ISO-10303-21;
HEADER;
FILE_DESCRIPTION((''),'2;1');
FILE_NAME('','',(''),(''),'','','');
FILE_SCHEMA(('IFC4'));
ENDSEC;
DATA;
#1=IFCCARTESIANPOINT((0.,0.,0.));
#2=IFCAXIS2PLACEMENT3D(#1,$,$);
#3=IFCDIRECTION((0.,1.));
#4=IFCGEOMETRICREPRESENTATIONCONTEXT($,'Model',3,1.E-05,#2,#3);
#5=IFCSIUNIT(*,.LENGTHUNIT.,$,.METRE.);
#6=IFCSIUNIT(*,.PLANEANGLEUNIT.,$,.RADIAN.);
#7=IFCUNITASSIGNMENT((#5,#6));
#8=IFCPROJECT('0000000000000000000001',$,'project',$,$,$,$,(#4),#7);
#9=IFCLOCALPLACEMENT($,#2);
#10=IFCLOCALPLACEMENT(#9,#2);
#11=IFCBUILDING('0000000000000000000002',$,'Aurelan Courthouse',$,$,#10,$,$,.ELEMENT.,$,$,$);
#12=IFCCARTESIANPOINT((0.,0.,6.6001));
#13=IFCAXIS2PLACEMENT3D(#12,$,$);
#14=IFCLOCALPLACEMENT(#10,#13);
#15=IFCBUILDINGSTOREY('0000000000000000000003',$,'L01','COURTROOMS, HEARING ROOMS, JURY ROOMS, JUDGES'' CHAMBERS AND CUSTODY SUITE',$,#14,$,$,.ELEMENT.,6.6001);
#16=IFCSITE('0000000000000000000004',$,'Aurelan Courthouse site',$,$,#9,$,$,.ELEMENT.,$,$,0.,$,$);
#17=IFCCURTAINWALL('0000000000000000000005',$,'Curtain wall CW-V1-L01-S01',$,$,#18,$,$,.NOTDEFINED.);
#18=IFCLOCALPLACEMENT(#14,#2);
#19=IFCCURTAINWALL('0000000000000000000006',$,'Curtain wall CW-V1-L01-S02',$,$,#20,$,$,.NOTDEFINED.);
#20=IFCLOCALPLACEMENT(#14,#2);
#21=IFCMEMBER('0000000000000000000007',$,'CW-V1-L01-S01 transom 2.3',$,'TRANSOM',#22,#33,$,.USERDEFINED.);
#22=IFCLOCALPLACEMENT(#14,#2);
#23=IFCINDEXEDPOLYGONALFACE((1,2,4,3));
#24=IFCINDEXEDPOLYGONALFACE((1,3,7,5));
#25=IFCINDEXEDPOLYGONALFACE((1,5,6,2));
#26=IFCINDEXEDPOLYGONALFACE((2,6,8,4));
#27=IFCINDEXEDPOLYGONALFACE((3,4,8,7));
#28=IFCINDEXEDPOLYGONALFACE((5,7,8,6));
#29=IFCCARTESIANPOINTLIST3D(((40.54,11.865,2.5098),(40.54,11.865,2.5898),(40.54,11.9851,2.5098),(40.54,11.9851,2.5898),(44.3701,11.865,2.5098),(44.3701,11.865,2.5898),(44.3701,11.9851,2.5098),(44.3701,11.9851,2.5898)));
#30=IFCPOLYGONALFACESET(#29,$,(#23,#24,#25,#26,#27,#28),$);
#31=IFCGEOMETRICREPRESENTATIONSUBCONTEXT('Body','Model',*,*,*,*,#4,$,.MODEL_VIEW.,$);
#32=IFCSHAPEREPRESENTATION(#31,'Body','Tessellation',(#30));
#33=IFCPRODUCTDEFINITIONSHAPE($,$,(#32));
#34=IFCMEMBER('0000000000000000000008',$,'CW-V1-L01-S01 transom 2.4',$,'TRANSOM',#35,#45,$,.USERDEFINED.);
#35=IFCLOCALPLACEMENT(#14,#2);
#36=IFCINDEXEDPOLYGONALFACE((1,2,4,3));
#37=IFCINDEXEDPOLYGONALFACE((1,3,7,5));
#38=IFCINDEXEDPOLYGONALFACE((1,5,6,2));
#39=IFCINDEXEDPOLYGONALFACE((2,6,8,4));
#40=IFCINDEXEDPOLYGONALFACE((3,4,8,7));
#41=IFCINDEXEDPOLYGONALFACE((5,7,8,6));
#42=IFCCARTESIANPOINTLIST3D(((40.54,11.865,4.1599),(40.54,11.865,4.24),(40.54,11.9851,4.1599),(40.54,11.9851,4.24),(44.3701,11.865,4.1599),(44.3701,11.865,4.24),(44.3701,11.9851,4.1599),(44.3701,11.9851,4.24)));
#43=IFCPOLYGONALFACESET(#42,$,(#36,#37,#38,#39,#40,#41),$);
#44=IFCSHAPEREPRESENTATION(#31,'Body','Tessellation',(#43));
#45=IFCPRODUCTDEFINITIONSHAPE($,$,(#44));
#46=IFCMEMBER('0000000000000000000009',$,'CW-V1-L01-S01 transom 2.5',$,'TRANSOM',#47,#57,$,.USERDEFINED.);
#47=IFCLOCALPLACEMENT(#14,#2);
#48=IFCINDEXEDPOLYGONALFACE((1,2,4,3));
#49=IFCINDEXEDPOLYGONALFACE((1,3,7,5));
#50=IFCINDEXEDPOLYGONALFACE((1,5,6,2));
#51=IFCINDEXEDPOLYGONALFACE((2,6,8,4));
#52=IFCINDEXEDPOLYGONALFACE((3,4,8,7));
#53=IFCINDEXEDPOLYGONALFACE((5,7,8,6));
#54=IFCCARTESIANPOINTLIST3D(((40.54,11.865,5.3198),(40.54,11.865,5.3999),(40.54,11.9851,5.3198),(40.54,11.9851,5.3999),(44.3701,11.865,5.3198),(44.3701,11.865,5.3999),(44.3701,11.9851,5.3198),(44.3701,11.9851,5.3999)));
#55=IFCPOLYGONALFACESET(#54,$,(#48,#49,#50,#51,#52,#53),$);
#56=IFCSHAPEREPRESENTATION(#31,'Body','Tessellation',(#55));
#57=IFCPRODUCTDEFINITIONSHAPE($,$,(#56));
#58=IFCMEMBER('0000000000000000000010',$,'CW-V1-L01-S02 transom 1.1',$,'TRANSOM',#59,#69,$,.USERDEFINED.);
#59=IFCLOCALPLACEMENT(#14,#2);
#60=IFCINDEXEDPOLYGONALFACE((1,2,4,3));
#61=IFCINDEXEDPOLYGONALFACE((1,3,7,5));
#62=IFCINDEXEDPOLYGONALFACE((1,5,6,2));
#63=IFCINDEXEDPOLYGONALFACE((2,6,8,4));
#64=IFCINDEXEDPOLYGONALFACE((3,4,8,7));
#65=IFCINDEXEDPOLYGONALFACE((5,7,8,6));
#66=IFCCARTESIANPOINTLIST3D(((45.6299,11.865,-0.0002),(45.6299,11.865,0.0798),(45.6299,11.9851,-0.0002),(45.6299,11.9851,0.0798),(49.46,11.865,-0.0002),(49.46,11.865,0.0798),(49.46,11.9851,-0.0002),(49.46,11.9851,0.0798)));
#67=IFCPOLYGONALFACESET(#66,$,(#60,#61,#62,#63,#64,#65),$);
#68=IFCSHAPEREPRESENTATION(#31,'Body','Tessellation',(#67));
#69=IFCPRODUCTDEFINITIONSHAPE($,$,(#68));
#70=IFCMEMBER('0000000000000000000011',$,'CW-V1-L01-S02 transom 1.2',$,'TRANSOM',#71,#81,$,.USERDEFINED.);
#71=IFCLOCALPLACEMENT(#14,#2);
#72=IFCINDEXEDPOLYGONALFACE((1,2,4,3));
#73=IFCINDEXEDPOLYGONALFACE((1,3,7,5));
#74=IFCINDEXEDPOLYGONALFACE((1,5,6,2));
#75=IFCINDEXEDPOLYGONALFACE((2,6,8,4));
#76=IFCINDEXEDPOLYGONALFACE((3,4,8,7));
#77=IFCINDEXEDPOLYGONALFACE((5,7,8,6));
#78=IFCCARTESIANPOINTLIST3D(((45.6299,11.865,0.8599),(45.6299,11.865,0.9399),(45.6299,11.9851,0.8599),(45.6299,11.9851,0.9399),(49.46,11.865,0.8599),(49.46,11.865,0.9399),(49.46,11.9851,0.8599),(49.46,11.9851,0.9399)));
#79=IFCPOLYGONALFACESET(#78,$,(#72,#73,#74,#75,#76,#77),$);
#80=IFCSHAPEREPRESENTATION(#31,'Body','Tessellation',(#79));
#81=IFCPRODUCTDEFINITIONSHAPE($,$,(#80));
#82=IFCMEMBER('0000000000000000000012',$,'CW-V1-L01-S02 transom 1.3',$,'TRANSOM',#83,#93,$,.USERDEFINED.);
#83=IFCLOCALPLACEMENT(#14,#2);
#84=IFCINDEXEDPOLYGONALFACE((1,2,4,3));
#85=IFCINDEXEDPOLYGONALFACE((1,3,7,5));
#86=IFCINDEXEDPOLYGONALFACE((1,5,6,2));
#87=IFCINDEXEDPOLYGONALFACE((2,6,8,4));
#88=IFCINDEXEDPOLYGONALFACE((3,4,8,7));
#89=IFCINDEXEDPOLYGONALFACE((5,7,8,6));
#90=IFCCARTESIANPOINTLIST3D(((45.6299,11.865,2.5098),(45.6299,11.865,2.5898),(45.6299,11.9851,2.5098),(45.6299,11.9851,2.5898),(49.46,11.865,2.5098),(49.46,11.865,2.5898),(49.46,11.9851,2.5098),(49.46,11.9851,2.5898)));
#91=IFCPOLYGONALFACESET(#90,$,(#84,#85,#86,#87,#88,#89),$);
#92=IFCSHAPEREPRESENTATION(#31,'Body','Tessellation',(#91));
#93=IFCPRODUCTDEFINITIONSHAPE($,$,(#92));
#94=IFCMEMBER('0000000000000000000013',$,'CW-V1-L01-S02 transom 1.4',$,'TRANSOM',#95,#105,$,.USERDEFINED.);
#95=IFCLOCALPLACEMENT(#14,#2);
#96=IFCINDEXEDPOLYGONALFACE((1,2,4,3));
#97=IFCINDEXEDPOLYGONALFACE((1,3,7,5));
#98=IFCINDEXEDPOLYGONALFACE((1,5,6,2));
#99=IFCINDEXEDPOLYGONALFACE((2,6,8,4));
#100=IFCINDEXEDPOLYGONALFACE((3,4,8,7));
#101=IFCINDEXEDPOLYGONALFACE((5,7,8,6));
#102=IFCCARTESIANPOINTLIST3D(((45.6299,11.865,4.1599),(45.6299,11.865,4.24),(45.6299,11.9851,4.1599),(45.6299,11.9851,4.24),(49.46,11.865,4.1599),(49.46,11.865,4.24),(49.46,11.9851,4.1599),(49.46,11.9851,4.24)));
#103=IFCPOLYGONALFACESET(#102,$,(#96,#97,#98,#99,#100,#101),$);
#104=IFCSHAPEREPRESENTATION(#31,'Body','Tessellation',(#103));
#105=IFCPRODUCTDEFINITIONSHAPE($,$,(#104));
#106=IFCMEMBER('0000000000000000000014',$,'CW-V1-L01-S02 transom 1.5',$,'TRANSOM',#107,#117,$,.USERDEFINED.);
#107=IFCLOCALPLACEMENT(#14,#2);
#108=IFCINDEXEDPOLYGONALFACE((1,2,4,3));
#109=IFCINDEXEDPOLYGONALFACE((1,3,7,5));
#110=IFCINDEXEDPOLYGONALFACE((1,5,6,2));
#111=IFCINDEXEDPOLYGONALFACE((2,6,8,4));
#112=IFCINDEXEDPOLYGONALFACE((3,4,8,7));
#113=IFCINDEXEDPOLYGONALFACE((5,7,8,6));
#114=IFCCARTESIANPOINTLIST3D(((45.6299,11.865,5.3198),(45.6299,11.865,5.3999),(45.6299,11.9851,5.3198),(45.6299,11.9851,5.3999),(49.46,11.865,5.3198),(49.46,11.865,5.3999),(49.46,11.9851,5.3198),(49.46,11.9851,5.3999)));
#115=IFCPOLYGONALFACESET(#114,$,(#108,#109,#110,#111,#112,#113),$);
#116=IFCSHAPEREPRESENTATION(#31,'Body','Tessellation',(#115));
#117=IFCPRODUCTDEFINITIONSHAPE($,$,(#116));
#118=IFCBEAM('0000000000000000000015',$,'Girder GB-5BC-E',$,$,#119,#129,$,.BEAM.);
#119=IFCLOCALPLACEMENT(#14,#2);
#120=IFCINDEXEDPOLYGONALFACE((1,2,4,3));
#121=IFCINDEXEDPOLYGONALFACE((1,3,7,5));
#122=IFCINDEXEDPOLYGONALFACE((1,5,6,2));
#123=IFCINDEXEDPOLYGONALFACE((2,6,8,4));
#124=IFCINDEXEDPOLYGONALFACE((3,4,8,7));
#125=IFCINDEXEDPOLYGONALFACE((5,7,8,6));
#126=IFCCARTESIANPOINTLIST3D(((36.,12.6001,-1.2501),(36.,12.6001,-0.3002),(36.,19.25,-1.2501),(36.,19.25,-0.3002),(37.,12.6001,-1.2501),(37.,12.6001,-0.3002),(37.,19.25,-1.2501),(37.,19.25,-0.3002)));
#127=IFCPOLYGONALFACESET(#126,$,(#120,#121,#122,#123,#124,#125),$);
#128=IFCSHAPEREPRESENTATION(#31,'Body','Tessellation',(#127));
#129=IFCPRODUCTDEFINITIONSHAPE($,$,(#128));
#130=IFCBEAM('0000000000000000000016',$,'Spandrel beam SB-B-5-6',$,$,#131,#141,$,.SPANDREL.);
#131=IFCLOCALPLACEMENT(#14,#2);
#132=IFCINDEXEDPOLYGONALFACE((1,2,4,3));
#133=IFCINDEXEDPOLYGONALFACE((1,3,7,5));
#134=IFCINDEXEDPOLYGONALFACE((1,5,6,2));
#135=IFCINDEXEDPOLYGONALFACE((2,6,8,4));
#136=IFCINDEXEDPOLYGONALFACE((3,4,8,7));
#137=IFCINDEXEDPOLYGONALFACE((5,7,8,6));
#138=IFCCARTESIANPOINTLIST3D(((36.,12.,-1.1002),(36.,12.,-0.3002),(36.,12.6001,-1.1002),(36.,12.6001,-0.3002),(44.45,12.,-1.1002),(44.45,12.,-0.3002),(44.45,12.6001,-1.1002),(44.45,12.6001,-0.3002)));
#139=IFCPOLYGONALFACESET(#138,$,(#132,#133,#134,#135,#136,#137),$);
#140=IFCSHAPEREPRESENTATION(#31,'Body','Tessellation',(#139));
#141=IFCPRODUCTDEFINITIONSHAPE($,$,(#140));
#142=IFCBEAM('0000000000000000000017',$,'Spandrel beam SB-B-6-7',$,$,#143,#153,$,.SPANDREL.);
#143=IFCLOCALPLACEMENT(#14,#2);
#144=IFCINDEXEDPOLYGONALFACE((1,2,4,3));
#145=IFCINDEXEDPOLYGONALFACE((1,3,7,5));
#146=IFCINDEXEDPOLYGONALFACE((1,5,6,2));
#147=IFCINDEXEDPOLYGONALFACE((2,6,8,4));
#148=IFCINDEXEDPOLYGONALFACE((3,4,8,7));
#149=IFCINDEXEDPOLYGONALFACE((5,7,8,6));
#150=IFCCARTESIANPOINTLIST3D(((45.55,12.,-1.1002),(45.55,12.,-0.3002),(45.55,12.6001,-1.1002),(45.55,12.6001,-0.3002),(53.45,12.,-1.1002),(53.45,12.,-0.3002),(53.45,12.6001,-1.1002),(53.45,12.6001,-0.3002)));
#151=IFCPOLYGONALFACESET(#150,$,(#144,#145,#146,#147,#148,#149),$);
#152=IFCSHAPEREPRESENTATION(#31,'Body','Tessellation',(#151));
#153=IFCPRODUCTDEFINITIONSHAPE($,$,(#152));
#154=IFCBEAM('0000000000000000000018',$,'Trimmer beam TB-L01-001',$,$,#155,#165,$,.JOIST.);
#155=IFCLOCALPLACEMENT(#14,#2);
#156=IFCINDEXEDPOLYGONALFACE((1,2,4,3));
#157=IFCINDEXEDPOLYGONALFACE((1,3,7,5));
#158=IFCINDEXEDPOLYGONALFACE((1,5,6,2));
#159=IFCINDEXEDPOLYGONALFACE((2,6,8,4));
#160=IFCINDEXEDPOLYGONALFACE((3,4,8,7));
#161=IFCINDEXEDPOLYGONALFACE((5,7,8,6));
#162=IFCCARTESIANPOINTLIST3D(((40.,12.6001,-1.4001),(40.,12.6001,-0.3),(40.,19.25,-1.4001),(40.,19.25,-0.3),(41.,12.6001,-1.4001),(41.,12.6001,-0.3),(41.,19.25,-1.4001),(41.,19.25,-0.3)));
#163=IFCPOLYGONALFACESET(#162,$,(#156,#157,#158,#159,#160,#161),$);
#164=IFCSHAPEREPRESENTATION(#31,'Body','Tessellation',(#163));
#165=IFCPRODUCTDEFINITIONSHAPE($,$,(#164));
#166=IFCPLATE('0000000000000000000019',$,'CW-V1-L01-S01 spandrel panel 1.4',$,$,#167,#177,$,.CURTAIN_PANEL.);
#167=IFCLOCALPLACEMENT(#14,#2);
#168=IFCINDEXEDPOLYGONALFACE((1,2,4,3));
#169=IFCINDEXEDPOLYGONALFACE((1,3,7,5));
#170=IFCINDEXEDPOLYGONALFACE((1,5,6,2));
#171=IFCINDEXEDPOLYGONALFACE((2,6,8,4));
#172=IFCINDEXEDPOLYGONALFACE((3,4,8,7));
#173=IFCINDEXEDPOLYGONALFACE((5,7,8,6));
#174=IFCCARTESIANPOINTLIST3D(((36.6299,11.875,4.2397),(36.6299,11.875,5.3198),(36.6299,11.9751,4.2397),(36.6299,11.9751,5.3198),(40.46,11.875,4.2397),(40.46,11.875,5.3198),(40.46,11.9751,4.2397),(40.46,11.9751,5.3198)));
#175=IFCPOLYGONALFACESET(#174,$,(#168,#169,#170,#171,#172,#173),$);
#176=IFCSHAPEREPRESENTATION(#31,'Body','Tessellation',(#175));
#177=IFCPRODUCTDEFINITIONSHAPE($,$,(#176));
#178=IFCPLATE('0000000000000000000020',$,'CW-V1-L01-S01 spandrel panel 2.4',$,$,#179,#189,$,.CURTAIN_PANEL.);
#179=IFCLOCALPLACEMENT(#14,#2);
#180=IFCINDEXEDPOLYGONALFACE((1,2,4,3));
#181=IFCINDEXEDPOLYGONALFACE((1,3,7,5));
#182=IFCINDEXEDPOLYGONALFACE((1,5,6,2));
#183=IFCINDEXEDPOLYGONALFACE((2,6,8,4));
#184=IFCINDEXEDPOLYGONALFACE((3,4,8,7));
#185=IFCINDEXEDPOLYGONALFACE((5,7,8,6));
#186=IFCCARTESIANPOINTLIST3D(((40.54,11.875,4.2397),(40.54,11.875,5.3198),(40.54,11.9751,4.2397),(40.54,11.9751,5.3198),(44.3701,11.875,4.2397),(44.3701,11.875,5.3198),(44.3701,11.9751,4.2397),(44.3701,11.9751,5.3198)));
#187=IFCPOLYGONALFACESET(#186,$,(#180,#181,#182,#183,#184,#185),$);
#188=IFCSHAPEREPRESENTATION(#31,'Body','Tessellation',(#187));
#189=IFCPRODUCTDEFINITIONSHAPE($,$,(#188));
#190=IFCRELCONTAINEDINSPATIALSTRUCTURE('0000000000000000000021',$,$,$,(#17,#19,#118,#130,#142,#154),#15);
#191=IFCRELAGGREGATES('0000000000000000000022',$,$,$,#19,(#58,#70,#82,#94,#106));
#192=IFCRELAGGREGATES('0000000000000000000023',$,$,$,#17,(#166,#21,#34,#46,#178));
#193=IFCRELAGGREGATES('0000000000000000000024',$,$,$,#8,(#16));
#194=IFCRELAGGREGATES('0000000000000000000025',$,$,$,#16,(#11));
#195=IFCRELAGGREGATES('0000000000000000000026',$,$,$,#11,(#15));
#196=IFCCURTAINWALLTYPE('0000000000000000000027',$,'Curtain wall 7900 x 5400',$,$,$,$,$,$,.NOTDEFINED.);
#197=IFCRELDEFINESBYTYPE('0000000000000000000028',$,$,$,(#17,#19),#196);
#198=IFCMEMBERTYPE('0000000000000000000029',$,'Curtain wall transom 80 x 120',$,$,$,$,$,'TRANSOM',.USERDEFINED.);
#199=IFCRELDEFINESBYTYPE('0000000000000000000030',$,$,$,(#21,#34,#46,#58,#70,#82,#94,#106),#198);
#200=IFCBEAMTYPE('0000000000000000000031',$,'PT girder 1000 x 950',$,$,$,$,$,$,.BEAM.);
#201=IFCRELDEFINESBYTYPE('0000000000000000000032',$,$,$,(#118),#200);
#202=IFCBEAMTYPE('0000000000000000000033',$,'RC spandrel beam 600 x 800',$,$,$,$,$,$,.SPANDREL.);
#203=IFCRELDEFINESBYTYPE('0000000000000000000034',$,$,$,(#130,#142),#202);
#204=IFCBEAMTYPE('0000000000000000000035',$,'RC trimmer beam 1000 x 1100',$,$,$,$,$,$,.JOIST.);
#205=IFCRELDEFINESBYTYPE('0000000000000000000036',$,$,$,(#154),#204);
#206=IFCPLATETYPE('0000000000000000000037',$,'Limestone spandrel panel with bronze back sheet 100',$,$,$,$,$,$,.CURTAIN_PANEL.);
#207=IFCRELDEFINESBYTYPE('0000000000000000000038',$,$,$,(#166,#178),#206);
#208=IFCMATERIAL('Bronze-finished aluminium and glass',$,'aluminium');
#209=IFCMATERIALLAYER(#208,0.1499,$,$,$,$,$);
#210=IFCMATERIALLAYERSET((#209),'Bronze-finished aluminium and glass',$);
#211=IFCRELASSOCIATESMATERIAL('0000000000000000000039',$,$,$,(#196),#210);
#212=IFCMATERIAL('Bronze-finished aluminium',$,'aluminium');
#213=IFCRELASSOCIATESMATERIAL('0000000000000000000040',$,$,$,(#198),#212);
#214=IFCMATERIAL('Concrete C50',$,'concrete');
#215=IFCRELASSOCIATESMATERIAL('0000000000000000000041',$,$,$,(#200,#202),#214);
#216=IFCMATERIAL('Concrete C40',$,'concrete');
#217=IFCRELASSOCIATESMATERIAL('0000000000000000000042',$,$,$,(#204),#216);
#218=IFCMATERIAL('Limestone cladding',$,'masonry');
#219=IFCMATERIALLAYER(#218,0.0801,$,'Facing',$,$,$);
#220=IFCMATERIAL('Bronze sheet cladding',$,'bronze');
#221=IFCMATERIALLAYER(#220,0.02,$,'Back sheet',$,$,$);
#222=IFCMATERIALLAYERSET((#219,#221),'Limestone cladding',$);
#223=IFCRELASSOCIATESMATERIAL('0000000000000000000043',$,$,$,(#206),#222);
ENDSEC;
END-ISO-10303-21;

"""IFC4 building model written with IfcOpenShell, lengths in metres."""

from ifc_helpers import new_model, si_unit, direction, frame, origin, origin_2d, place, context, subcontext, project, spatial, rectangle, extrude, material, layer, layer_set, material_profile, profile_set, type_object, element, aggregate, save


model = new_model("IFC4")

# Units and contexts
model_context = context("Model", 3, precision=1e-05, world=origin(), true_north=direction((0.0, 1.0)))
body_context = subcontext(model_context, "Body", "Model", "MODEL_VIEW")
ifc_project = project(units=[si_unit("LENGTHUNIT", "METRE"), si_unit("PLANEANGLEUNIT", "RADIAN")], contexts=[model_context])

# Site, building, storey
site_placement = place(None, origin())
site = spatial("IfcSite", under=ifc_project, at=site_placement, Name="Aurelan Courthouse site", CompositionType="ELEMENT", RefElevation=0.0)
building_placement = place(site_placement, origin())
building = spatial("IfcBuilding", under=site, at=building_placement, Name="Aurelan Courthouse", CompositionType="ELEMENT")
storey_placement = place(building_placement, frame((0.0, 0.0, 6.6001)))
storey = spatial("IfcBuildingStorey", under=building, at=storey_placement, Name="L01", Description="COURTROOMS, HEARING ROOMS, JURY ROOMS, JUDGES' CHAMBERS AND CUSTODY SUITE", CompositionType="ELEMENT", Elevation=6.6001)

# Shared definitions
ifc_material_1 = material(Name="Concrete C50", Category="concrete")

# Curtain wall
ifc_material_2 = material(Name="Bronze-finished aluminium and glass", Category="aluminium")
ifc_layer_1 = layer(ifc_material_2, 0.1499)
ifc_layer_set_1 = layer_set([ifc_layer_1], Name="Bronze-finished aluminium and glass")
curtain_wall_type = type_object("IfcCurtainWallType", Name="Curtain wall 7900 x 5400", PredefinedType="NOTDEFINED", material=ifc_layer_set_1)
curtain_wall_1_placement = place(storey_placement, origin())
curtain_wall_1 = element("IfcCurtainWall", 1, at=curtain_wall_1_placement, inside=storey, type_object=curtain_wall_type, Name="Curtain wall CW-V1-L01-S01", PredefinedType="NOTDEFINED")
ifc_material_3 = material(Name="Bronze-finished aluminium", Category="aluminium")

# Curtain wall
curtain_wall_2_placement = place(storey_placement, origin())
curtain_wall_2 = element("IfcCurtainWall", 2, at=curtain_wall_2_placement, inside=storey, type_object=curtain_wall_type, Name="Curtain wall CW-V1-L01-S02", PredefinedType="NOTDEFINED")

# Members
ifc_material_profile_1 = material_profile(ifc_material_3, rectangle(XDim=0.1201, YDim=0.0801, at=origin_2d()), Name="Bronze transom 80 x 120")
ifc_profile_set_1 = profile_set([ifc_material_profile_1], Name="Bronze-finished aluminium")
member_type_1 = type_object("IfcMemberType", Name="Curtain wall transom 80 x 120", ElementType="TRANSOM", PredefinedType="USERDEFINED", material=ifc_profile_set_1)
member_1_placement = place(storey_placement, frame((40.54, 11.925, 2.5498), z_axis=(1.0, 0.0, 0.0), x_axis=(0.0, 1.0, 0.0)))
member_1 = element("IfcMember", 3, at=member_1_placement, type_object=member_type_1, Name="CW-V1-L01-S01 transom 2.3", ObjectType="TRANSOM", PredefinedType="USERDEFINED", context=body_context, shape_type="SweptSolid", body=[
    extrude(rectangle(XDim=0.1201, YDim=0.0801, at=origin_2d()), origin(), (0.0, 0.0, 1.0), 3.8301),
])
member_2_placement = place(storey_placement, frame((40.54, 11.925, 4.2), z_axis=(1.0, 0.0, 0.0), x_axis=(0.0, 1.0, 0.0)))
member_2 = element("IfcMember", 4, at=member_2_placement, type_object=member_type_1, Name="CW-V1-L01-S01 transom 2.4", ObjectType="TRANSOM", PredefinedType="USERDEFINED", context=body_context, shape_type="SweptSolid", body=[
    extrude(rectangle(XDim=0.1201, YDim=0.0801, at=origin_2d()), origin(), (0.0, 0.0, 1.0), 3.8301),
])
member_3_placement = place(storey_placement, frame((40.54, 11.925, 5.3599), z_axis=(1.0, 0.0, 0.0), x_axis=(0.0, 1.0, 0.0)))
member_3 = element("IfcMember", 5, at=member_3_placement, type_object=member_type_1, Name="CW-V1-L01-S01 transom 2.5", ObjectType="TRANSOM", PredefinedType="USERDEFINED", context=body_context, shape_type="SweptSolid", body=[
    extrude(rectangle(XDim=0.1201, YDim=0.0801, at=origin_2d()), origin(), (0.0, 0.0, 1.0), 3.8301),
])
member_4_placement = place(storey_placement, frame((45.6299, 11.925, 0.0398), z_axis=(1.0, 0.0, 0.0), x_axis=(0.0, 1.0, 0.0)))
member_4 = element("IfcMember", 6, at=member_4_placement, type_object=member_type_1, Name="CW-V1-L01-S02 transom 1.1", ObjectType="TRANSOM", PredefinedType="USERDEFINED", context=body_context, shape_type="SweptSolid", body=[
    extrude(rectangle(XDim=0.1201, YDim=0.0801, at=origin_2d()), origin(), (0.0, 0.0, 1.0), 3.8301),
])
member_5_placement = place(storey_placement, frame((45.6299, 11.925, 0.8999), z_axis=(1.0, 0.0, 0.0), x_axis=(0.0, 1.0, 0.0)))
member_5 = element("IfcMember", 7, at=member_5_placement, type_object=member_type_1, Name="CW-V1-L01-S02 transom 1.2", ObjectType="TRANSOM", PredefinedType="USERDEFINED", context=body_context, shape_type="SweptSolid", body=[
    extrude(rectangle(XDim=0.1201, YDim=0.0801, at=origin_2d()), origin(), (0.0, 0.0, 1.0), 3.8301),
])
member_6_placement = place(storey_placement, frame((45.6299, 11.925, 2.5498), z_axis=(1.0, 0.0, 0.0), x_axis=(0.0, 1.0, 0.0)))
member_6 = element("IfcMember", 8, at=member_6_placement, type_object=member_type_1, Name="CW-V1-L01-S02 transom 1.3", ObjectType="TRANSOM", PredefinedType="USERDEFINED", context=body_context, shape_type="SweptSolid", body=[
    extrude(rectangle(XDim=0.1201, YDim=0.0801, at=origin_2d()), origin(), (0.0, 0.0, 1.0), 3.8301),
])
member_7_placement = place(storey_placement, frame((45.6299, 11.925, 4.2), z_axis=(1.0, 0.0, 0.0), x_axis=(0.0, 1.0, 0.0)))
member_7 = element("IfcMember", 9, at=member_7_placement, type_object=member_type_1, Name="CW-V1-L01-S02 transom 1.4", ObjectType="TRANSOM", PredefinedType="USERDEFINED", context=body_context, shape_type="SweptSolid", body=[
    extrude(rectangle(XDim=0.1201, YDim=0.0801, at=origin_2d()), origin(), (0.0, 0.0, 1.0), 3.8301),
])
member_8_placement = place(storey_placement, frame((45.6299, 11.925, 5.3599), z_axis=(1.0, 0.0, 0.0), x_axis=(0.0, 1.0, 0.0)))
member_8 = element("IfcMember", 10, at=member_8_placement, type_object=member_type_1, Name="CW-V1-L01-S02 transom 1.5", ObjectType="TRANSOM", PredefinedType="USERDEFINED", context=body_context, shape_type="SweptSolid", body=[
    extrude(rectangle(XDim=0.1201, YDim=0.0801, at=origin_2d()), origin(), (0.0, 0.0, 1.0), 3.8301),
])
aggregate(curtain_wall_2, [member_4, member_5, member_6, member_7, member_8])

# Beams
ifc_material_profile_2 = material_profile(ifc_material_1, rectangle(XDim=1.0, YDim=0.95, at=origin_2d()), Name="RC 1000 x 950")
ifc_profile_set_2 = profile_set([ifc_material_profile_2], Name="Concrete C50")
beam_type_1 = type_object("IfcBeamType", Name="PT girder 1000 x 950", PredefinedType="BEAM", material=ifc_profile_set_2)
beam_1_placement = place(storey_placement, frame((36.5, 12.6001, -0.7751), z_axis=(0.0, 1.0, 0.0), x_axis=(-1.0, 0.0, 0.0)))
element("IfcBeam", 11, at=beam_1_placement, inside=storey, type_object=beam_type_1, Name="Girder GB-5BC-E", PredefinedType="BEAM", context=body_context, shape_type="SweptSolid", body=[
    extrude(rectangle(XDim=1.0, YDim=0.95, at=origin_2d()), origin(), (0.0, 0.0, 1.0), 6.6499),
])
ifc_material_profile_3 = material_profile(ifc_material_1, rectangle(XDim=0.6001, YDim=0.8, at=origin_2d()), Name="RC 600 x 800")
ifc_profile_set_3 = profile_set([ifc_material_profile_3], Name="Concrete C50")
beam_type_2 = type_object("IfcBeamType", Name="RC spandrel beam 600 x 800", PredefinedType="SPANDREL", material=ifc_profile_set_3)
beam_2_placement = place(storey_placement, frame((36.0, 12.3, -0.7002), z_axis=(1.0, 0.0, 0.0), x_axis=(0.0, 1.0, 0.0)))
element("IfcBeam", 12, at=beam_2_placement, inside=storey, type_object=beam_type_2, Name="Spandrel beam SB-B-5-6", PredefinedType="SPANDREL", context=body_context, shape_type="SweptSolid", body=[
    extrude(rectangle(XDim=0.6001, YDim=0.8, at=origin_2d()), origin(), (0.0, 0.0, 1.0), 8.45),
])
beam_3_placement = place(storey_placement, frame((45.55, 12.3, -0.7002), z_axis=(1.0, 0.0, 0.0), x_axis=(0.0, 1.0, 0.0)))
element("IfcBeam", 13, at=beam_3_placement, inside=storey, type_object=beam_type_2, Name="Spandrel beam SB-B-6-7", PredefinedType="SPANDREL", context=body_context, shape_type="SweptSolid", body=[
    extrude(rectangle(XDim=0.6001, YDim=0.8, at=origin_2d()), origin(), (0.0, 0.0, 1.0), 7.8999),
])
ifc_material_4 = material(Name="Concrete C40", Category="concrete")
ifc_material_profile_4 = material_profile(ifc_material_4, rectangle(XDim=1.0, YDim=1.1001, at=origin_2d()), Name="RC 1000 x 1100")
ifc_profile_set_4 = profile_set([ifc_material_profile_4], Name="Concrete C40")
beam_type_3 = type_object("IfcBeamType", Name="RC trimmer beam 1000 x 1100", PredefinedType="JOIST", material=ifc_profile_set_4)
beam_4_placement = place(storey_placement, frame((40.5, 12.6001, -0.8501), z_axis=(0.0, 1.0, 0.0), x_axis=(-1.0, 0.0, 0.0)))
element("IfcBeam", 14, at=beam_4_placement, inside=storey, type_object=beam_type_3, Name="Trimmer beam TB-L01-001", PredefinedType="JOIST", context=body_context, shape_type="SweptSolid", body=[
    extrude(rectangle(XDim=1.0, YDim=1.1001, at=origin_2d()), origin(), (0.0, 0.0, 1.0), 6.6499),
])

# Plates
ifc_material_5 = material(Name="Limestone cladding", Category="masonry")
ifc_layer_2 = layer(ifc_material_5, 0.0801, Name="Facing")
ifc_material_6 = material(Name="Bronze sheet cladding", Category="bronze")
ifc_layer_3 = layer(ifc_material_6, 0.02, Name="Back sheet")
ifc_layer_set_2 = layer_set([ifc_layer_2, ifc_layer_3], Name="Limestone cladding")
plate_type_1 = type_object("IfcPlateType", Name="Limestone spandrel panel with bronze back sheet 100", PredefinedType="CURTAIN_PANEL", material=ifc_layer_set_2)
plate_1_placement = place(storey_placement, frame((38.5449, 11.925, 4.2397), z_axis=(0.0, 0.0, 1.0), x_axis=(1.0, 0.0, 0.0)))
plate_1 = element("IfcPlate", 15, at=plate_1_placement, type_object=plate_type_1, Name="CW-V1-L01-S01 spandrel panel 1.4", PredefinedType="CURTAIN_PANEL", context=body_context, shape_type="SweptSolid", body=[
    extrude(rectangle(XDim=3.8301, YDim=0.1001, at=origin_2d()), origin(), (0.0, 0.0, 1.0), 1.0801),
])
plate_2_placement = place(storey_placement, frame((42.4551, 11.925, 4.2397), z_axis=(0.0, 0.0, 1.0), x_axis=(1.0, 0.0, 0.0)))
plate_2 = element("IfcPlate", 16, at=plate_2_placement, type_object=plate_type_1, Name="CW-V1-L01-S01 spandrel panel 2.4", PredefinedType="CURTAIN_PANEL", context=body_context, shape_type="SweptSolid", body=[
    extrude(rectangle(XDim=3.8301, YDim=0.1001, at=origin_2d()), origin(), (0.0, 0.0, 1.0), 1.0801),
])
aggregate(curtain_wall_1, [plate_1, member_1, member_2, member_3, plate_2])

save(model, "model.ifc")
